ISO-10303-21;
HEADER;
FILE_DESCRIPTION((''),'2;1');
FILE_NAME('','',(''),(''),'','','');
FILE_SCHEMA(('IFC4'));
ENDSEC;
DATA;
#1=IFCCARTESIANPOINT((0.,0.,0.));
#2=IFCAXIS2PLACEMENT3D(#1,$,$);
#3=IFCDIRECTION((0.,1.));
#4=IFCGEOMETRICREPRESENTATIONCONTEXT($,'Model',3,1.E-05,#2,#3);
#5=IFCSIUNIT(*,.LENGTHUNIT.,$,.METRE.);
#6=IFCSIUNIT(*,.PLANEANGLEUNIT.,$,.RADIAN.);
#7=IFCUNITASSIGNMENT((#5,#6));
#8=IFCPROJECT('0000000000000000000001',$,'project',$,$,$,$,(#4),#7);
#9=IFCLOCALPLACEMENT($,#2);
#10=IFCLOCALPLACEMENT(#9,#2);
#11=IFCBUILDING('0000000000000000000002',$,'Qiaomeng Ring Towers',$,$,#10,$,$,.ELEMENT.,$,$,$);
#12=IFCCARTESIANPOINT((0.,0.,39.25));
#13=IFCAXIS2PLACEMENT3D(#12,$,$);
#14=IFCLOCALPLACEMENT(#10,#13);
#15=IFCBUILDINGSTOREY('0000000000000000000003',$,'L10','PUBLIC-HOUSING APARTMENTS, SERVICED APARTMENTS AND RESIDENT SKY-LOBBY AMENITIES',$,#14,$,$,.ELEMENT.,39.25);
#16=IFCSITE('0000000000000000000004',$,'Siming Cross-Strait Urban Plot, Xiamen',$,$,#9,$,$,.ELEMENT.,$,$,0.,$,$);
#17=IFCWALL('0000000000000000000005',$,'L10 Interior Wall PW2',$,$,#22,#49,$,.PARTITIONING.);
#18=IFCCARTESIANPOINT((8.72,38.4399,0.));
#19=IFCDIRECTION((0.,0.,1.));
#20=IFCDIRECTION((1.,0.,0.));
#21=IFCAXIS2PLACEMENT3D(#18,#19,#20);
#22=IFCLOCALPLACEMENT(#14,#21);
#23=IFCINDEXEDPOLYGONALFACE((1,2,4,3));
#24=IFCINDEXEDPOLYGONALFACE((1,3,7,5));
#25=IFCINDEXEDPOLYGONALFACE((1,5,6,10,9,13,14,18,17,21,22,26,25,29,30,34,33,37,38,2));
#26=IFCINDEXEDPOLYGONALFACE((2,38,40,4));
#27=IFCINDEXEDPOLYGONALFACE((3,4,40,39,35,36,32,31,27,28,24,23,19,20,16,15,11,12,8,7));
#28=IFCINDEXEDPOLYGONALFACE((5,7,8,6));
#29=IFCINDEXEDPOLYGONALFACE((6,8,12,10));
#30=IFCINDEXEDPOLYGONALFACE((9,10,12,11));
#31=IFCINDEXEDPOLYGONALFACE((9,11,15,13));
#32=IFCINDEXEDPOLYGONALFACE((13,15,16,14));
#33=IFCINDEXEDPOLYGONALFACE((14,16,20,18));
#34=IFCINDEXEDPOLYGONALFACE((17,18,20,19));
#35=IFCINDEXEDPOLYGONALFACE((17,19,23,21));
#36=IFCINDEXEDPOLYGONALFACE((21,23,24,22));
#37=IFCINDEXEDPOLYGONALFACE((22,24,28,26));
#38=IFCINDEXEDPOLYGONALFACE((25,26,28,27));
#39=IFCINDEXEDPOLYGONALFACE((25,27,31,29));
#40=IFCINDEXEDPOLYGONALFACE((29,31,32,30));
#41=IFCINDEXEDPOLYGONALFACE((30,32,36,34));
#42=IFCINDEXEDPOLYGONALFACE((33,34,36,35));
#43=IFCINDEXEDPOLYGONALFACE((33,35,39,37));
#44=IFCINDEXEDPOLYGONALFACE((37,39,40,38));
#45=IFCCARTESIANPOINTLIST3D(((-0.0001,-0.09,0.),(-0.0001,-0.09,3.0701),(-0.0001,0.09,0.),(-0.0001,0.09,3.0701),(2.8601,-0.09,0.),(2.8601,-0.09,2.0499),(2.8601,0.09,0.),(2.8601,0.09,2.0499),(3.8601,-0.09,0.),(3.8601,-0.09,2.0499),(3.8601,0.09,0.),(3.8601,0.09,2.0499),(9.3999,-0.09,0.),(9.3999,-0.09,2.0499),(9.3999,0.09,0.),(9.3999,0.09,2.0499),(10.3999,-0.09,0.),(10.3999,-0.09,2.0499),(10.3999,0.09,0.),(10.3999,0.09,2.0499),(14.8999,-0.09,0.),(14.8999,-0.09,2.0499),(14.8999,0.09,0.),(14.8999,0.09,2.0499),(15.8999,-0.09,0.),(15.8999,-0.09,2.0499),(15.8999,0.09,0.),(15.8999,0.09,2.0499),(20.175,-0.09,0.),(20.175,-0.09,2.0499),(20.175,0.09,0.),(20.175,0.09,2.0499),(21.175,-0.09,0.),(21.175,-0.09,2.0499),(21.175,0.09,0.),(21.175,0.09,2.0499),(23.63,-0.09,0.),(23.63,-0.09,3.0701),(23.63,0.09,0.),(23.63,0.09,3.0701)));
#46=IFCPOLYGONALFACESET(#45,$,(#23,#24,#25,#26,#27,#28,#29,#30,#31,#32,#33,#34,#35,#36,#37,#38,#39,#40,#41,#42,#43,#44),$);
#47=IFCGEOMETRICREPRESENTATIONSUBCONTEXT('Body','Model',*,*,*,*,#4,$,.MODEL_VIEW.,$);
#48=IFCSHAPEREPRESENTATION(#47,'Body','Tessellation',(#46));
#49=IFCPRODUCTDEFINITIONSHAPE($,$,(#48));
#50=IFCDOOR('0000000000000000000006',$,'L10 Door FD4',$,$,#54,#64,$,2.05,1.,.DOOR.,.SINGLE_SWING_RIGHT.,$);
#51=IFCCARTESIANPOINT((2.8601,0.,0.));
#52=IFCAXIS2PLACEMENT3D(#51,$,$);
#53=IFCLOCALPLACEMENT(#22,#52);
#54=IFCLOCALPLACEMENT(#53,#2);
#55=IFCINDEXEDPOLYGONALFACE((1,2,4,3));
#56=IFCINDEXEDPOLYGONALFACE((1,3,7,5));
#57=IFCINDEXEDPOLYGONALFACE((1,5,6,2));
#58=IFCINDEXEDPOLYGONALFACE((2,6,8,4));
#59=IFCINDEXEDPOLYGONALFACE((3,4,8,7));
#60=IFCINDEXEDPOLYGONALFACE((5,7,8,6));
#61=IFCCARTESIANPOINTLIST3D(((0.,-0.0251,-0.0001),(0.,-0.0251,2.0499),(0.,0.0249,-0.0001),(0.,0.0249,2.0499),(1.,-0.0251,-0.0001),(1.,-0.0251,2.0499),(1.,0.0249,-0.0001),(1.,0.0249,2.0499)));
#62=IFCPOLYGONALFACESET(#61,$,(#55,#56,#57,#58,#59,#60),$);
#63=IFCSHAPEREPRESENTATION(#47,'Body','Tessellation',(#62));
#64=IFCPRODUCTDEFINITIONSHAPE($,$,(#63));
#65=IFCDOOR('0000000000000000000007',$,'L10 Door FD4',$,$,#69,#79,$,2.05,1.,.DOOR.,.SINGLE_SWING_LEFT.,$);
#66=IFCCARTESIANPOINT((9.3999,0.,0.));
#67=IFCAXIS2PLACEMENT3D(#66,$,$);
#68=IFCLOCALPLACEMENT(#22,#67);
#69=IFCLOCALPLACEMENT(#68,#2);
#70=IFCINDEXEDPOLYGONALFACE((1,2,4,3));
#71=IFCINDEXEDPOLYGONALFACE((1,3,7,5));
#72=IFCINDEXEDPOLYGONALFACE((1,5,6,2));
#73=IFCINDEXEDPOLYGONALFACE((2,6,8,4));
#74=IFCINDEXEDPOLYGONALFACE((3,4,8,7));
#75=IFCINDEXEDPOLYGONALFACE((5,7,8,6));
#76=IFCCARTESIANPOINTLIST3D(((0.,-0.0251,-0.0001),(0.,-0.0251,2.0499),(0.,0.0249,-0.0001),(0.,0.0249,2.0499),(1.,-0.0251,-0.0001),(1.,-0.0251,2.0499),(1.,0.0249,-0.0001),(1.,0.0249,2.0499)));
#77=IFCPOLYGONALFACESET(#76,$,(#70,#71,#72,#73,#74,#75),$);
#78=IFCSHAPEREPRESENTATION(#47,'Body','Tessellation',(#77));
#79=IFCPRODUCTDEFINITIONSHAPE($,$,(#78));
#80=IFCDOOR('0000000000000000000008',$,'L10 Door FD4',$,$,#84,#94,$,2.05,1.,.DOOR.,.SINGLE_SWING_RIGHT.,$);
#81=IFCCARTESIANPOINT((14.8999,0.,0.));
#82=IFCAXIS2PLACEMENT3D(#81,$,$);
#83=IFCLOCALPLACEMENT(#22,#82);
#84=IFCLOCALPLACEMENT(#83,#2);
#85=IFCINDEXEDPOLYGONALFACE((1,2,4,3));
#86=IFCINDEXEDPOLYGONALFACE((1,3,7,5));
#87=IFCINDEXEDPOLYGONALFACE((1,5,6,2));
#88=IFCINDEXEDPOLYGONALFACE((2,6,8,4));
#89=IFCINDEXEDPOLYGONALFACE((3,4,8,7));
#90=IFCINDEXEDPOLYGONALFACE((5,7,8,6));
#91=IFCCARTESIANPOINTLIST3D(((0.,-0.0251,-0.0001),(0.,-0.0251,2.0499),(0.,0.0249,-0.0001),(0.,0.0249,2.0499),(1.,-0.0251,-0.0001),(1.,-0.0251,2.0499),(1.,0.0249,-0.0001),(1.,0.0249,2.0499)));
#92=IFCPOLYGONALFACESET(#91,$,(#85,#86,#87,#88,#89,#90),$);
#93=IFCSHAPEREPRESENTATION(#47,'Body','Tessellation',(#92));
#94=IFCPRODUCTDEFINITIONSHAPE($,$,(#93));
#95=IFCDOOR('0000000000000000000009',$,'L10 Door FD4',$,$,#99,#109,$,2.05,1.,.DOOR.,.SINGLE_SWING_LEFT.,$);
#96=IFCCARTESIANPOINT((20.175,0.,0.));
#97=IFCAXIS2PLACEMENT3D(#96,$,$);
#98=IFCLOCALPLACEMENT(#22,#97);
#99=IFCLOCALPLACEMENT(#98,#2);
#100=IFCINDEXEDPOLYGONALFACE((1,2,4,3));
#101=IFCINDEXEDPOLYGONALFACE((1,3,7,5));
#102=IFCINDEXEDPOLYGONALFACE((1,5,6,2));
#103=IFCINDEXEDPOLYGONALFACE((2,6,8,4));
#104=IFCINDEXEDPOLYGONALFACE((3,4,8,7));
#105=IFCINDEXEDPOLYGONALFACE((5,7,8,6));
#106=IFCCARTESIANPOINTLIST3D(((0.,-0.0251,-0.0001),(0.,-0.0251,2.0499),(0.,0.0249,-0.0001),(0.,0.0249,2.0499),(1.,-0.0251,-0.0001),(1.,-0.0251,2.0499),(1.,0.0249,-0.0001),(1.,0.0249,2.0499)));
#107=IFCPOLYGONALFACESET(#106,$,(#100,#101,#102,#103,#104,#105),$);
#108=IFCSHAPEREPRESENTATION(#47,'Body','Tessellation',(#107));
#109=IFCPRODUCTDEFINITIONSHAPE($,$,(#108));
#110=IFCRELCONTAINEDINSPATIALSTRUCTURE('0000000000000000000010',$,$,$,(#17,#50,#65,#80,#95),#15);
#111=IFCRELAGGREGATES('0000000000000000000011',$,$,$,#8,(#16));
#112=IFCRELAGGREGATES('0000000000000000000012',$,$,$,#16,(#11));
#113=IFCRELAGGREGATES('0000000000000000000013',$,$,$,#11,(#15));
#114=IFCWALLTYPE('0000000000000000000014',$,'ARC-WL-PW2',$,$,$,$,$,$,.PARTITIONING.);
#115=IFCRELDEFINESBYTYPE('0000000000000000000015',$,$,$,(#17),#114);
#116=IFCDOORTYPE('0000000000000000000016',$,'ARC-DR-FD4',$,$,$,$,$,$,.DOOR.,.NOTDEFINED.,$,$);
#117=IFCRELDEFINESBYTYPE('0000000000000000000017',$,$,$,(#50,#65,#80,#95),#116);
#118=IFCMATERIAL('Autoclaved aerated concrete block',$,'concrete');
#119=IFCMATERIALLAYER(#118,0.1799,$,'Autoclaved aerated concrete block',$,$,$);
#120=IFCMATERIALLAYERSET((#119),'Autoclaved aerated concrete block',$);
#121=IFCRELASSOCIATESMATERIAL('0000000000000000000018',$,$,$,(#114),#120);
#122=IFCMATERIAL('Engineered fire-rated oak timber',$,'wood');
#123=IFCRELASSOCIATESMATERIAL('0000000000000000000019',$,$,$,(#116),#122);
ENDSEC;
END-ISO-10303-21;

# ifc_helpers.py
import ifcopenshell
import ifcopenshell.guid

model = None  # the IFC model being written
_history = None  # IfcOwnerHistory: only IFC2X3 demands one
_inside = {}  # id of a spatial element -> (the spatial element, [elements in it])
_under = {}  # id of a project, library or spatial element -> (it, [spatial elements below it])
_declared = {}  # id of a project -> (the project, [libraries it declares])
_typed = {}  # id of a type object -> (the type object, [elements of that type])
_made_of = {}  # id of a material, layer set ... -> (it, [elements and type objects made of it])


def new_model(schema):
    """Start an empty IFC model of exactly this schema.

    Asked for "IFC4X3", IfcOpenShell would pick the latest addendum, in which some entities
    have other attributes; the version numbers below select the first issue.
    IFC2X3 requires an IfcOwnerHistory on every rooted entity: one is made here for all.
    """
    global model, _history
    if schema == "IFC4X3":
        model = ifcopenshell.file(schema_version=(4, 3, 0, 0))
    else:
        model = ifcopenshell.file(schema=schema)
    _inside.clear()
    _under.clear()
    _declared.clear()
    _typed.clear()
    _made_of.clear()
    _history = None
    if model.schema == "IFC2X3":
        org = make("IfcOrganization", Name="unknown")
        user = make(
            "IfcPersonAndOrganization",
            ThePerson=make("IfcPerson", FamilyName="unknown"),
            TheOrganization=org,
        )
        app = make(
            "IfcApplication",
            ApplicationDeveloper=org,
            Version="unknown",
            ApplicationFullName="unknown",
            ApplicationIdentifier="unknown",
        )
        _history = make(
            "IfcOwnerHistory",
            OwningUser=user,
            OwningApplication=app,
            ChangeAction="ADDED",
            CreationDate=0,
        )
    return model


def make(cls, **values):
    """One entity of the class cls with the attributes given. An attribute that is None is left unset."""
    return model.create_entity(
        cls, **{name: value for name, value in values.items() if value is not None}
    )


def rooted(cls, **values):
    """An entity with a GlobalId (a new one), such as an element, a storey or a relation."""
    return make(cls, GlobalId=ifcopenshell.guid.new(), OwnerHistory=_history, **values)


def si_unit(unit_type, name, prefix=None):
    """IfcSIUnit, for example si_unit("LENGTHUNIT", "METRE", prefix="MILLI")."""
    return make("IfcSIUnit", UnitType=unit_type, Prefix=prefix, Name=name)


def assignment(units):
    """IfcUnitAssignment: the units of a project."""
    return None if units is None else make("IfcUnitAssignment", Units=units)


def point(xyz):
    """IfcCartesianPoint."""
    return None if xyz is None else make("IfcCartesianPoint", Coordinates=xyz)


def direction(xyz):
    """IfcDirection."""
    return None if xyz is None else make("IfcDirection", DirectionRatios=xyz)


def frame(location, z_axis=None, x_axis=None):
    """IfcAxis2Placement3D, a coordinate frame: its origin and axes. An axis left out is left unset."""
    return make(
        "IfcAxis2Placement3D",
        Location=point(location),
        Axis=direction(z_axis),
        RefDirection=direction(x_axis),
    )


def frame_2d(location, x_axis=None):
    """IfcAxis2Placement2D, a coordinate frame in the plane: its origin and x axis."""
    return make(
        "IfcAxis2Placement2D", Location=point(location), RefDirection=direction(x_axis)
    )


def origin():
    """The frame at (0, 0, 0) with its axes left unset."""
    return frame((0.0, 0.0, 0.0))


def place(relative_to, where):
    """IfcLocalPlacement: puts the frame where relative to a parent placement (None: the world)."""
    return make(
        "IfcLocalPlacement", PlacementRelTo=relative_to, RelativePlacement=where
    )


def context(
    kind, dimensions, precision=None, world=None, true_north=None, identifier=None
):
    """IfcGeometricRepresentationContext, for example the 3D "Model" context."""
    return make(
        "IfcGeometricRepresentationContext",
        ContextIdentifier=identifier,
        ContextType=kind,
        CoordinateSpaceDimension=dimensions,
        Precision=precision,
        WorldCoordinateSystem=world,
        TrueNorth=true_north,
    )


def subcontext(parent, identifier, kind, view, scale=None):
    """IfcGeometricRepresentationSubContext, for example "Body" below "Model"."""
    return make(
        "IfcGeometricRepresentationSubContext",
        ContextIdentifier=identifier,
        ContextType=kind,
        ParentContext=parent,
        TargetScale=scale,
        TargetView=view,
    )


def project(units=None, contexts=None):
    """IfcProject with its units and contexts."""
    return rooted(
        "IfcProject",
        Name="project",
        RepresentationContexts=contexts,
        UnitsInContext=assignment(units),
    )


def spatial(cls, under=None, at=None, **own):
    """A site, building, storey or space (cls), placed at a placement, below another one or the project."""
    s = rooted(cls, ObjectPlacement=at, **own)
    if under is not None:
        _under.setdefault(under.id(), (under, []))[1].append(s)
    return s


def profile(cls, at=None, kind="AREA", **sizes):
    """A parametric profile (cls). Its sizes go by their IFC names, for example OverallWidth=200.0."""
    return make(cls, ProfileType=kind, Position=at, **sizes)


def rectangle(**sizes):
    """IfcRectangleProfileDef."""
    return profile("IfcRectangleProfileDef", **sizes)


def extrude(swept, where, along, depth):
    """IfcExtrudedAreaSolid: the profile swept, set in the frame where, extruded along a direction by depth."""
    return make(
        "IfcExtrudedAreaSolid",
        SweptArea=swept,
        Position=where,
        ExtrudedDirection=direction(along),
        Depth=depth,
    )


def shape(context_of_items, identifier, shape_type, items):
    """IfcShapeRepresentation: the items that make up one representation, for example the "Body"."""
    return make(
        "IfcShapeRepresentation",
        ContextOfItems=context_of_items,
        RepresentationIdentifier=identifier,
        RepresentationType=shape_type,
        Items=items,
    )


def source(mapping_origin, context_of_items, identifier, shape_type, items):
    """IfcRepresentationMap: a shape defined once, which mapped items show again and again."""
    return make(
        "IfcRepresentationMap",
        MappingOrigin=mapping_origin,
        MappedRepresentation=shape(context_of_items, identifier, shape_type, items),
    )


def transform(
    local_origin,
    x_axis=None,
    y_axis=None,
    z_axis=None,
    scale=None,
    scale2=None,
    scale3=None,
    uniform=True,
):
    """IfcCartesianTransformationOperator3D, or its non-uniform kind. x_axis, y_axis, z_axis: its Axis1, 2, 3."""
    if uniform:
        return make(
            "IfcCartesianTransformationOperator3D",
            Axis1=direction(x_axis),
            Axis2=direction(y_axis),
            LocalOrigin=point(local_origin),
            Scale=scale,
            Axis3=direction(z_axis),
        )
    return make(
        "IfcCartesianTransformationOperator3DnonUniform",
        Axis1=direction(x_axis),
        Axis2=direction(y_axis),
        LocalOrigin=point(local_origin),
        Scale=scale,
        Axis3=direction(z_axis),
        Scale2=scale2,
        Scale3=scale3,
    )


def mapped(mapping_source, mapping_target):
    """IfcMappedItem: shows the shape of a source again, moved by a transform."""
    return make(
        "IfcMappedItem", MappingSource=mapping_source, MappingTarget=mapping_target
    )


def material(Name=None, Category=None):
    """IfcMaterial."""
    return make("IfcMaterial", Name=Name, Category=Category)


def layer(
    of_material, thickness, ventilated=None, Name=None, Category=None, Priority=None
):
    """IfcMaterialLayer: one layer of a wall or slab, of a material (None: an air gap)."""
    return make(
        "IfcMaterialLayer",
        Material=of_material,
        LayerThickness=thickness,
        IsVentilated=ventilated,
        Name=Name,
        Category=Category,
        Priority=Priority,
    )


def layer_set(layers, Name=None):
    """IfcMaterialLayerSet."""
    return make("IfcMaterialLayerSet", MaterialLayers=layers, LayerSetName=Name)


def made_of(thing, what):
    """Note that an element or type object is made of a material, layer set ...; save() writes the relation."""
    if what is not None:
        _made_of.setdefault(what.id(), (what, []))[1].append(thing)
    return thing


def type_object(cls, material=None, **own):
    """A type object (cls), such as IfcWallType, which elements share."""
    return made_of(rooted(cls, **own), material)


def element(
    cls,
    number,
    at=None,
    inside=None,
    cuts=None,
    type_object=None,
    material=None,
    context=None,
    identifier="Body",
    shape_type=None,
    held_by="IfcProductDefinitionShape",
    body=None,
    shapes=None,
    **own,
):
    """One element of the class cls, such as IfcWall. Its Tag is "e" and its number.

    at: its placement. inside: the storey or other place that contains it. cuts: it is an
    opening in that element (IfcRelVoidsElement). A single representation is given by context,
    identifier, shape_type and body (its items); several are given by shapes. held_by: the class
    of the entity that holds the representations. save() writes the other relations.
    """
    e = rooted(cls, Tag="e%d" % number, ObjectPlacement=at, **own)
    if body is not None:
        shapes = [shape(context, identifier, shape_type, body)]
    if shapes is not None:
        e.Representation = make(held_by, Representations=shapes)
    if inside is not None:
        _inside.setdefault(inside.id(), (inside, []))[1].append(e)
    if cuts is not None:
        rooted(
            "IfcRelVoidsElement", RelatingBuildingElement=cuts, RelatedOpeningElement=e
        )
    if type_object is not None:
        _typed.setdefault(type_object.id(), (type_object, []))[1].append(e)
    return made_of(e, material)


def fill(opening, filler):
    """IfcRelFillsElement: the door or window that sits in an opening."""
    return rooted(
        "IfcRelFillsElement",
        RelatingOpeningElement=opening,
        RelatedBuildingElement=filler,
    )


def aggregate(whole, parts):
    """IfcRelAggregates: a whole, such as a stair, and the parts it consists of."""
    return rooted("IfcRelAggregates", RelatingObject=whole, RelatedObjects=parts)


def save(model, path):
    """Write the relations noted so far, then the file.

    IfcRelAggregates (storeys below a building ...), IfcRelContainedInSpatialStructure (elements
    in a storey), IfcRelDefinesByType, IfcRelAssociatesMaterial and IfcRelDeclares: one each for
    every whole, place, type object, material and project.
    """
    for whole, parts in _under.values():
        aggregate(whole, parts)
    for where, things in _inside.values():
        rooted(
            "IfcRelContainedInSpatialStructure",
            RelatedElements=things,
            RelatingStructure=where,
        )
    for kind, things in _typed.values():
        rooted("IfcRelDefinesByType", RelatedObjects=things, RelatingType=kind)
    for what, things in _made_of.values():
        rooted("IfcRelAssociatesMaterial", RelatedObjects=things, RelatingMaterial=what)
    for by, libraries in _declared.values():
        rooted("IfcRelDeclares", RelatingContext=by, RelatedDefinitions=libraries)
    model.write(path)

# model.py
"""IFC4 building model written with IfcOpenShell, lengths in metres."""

from ifc_helpers import new_model, si_unit, direction, frame, frame_2d, origin, place, context, subcontext, project, spatial, rectangle, extrude, source, transform, mapped, material, layer, layer_set, type_object, element, fill, save


model = new_model("IFC4")

# Units and contexts
model_context = context("Model", 3, precision=1e-05, world=origin(), true_north=direction((0.0, 1.0)))
body_context = subcontext(model_context, "Body", "Model", "MODEL_VIEW")
ifc_project = project(units=[si_unit("LENGTHUNIT", "METRE"), si_unit("PLANEANGLEUNIT", "RADIAN")], contexts=[model_context])

# Site, building, storey
site_placement = place(None, origin())
site = spatial("IfcSite", under=ifc_project, at=site_placement, Name="Siming Cross-Strait Urban Plot, Xiamen", CompositionType="ELEMENT", RefElevation=0.0)
building_placement = place(site_placement, origin())
building = spatial("IfcBuilding", under=site, at=building_placement, Name="Qiaomeng Ring Towers", CompositionType="ELEMENT")
storey_placement = place(building_placement, frame((0.0, 0.0, 39.25)))
storey = spatial("IfcBuildingStorey", under=building, at=storey_placement, Name="L10", Description="PUBLIC-HOUSING APARTMENTS, SERVICED APARTMENTS AND RESIDENT SKY-LOBBY AMENITIES", CompositionType="ELEMENT", Elevation=39.25)

# Shared definitions
ifc_material_1 = material(Name="Autoclaved aerated concrete block", Category="concrete")

# Wall, openings, doors
ifc_layer_1 = layer(ifc_material_1, 0.1799, Name="Autoclaved aerated concrete block")
ifc_layer_set_1 = layer_set([ifc_layer_1], Name="Autoclaved aerated concrete block")
wall_type_1 = type_object("IfcWallType", Name="ARC-WL-PW2", PredefinedType="PARTITIONING", material=ifc_layer_set_1)
wall_1_placement = place(storey_placement, frame((8.72, 38.4399, 0.0), z_axis=(0.0, 0.0, 1.0), x_axis=(1.0, 0.0, 0.0)))
wall_1 = element("IfcWall", 1, at=wall_1_placement, inside=storey, type_object=wall_type_1, Name="L10 Interior Wall PW2", PredefinedType="PARTITIONING", context=body_context, shape_type="SweptSolid", body=[
    extrude(rectangle(XDim=23.6301, YDim=0.1799, at=frame_2d((11.8149, 0.0))), origin(), (0.0, 0.0, 1.0), 3.0701),
])
opening_1_placement = place(wall_1_placement, frame((2.8601, 0.0, 0.0)))
opening_1 = element("IfcOpeningElement", 2, at=opening_1_placement, cuts=wall_1, PredefinedType="OPENING", context=body_context, shape_type="SweptSolid", body=[
    extrude(rectangle(XDim=1.0, YDim=2.05, at=frame_2d((0.5, 1.0249))), frame((0.0, 0.0999, 0.0), z_axis=(0.0, -1.0, 0.0), x_axis=(1.0, 0.0, 0.0)), (0.0, 0.0, 1.0), 0.2),
])
opening_2_placement = place(wall_1_placement, frame((9.3999, 0.0, 0.0)))
opening_2 = element("IfcOpeningElement", 3, at=opening_2_placement, cuts=wall_1, PredefinedType="OPENING", context=body_context, shape_type="SweptSolid", body=[
    extrude(rectangle(XDim=1.0, YDim=2.05, at=frame_2d((0.5, 1.0249))), frame((0.0, 0.0999, 0.0), z_axis=(0.0, -1.0, 0.0), x_axis=(1.0, 0.0, 0.0)), (0.0, 0.0, 1.0), 0.2),
])
opening_3_placement = place(wall_1_placement, frame((14.8999, 0.0, 0.0)))
opening_3 = element("IfcOpeningElement", 4, at=opening_3_placement, cuts=wall_1, PredefinedType="OPENING", context=body_context, shape_type="SweptSolid", body=[
    extrude(rectangle(XDim=1.0, YDim=2.05, at=frame_2d((0.5, 1.0249))), frame((0.0, 0.0999, 0.0), z_axis=(0.0, -1.0, 0.0), x_axis=(1.0, 0.0, 0.0)), (0.0, 0.0, 1.0), 0.2),
])
opening_4_placement = place(wall_1_placement, frame((20.175, 0.0, 0.0)))
opening_4 = element("IfcOpeningElement", 5, at=opening_4_placement, cuts=wall_1, PredefinedType="OPENING", context=body_context, shape_type="SweptSolid", body=[
    extrude(rectangle(XDim=1.0, YDim=2.05, at=frame_2d((0.5, 1.0249))), frame((0.0, 0.0999, 0.0), z_axis=(0.0, -1.0, 0.0), x_axis=(1.0, 0.0, 0.0)), (0.0, 0.0, 1.0), 0.2),
])
ifc_material_2 = material(Name="Engineered fire-rated oak timber", Category="wood")
door_type_1 = type_object("IfcDoorType", Name="ARC-DR-FD4", OperationType="NOTDEFINED", PredefinedType="DOOR", material=ifc_material_2)
shared_shape_1 = source(origin(), body_context, "Body", "SweptSolid", [
    extrude(rectangle(XDim=1.0, YDim=2.05, at=frame_2d((0.5, 1.0249))), frame((0.0, 0.0249, 0.0), z_axis=(0.0, -1.0, 0.0), x_axis=(1.0, 0.0, 0.0)), (0.0, 0.0, 1.0), 0.05),
])
door_1_placement = place(opening_1_placement, origin())
door_1 = element("IfcDoor", 6, at=door_1_placement, inside=storey, type_object=door_type_1, Name="L10 Door FD4", OperationType="SINGLE_SWING_RIGHT", OverallHeight=2.05, OverallWidth=1.0, PredefinedType="DOOR", context=body_context, shape_type="MappedRepresentation", body=[
    mapped(shared_shape_1, transform((0.0, 0.0, 0.0), x_axis=(1.0, 0.0, 0.0), y_axis=(0.0, 1.0, 0.0), z_axis=(0.0, 0.0, 1.0), scale=1.0)),
])
fill(opening_1, door_1)
door_2_placement = place(opening_2_placement, origin())
door_2 = element("IfcDoor", 7, at=door_2_placement, inside=storey, type_object=door_type_1, Name="L10 Door FD4", OperationType="SINGLE_SWING_LEFT", OverallHeight=2.05, OverallWidth=1.0, PredefinedType="DOOR", context=body_context, shape_type="MappedRepresentation", body=[
    mapped(shared_shape_1, transform((0.0, 0.0, 0.0), x_axis=(1.0, 0.0, 0.0), y_axis=(0.0, 1.0, 0.0), z_axis=(0.0, 0.0, 1.0), scale=1.0)),
])
fill(opening_2, door_2)
door_3_placement = place(opening_3_placement, origin())
door_3 = element("IfcDoor", 8, at=door_3_placement, inside=storey, type_object=door_type_1, Name="L10 Door FD4", OperationType="SINGLE_SWING_RIGHT", OverallHeight=2.05, OverallWidth=1.0, PredefinedType="DOOR", context=body_context, shape_type="MappedRepresentation", body=[
    mapped(shared_shape_1, transform((0.0, 0.0, 0.0), x_axis=(1.0, 0.0, 0.0), y_axis=(0.0, 1.0, 0.0), z_axis=(0.0, 0.0, 1.0), scale=1.0)),
])
fill(opening_3, door_3)
door_4_placement = place(opening_4_placement, origin())
door_4 = element("IfcDoor", 9, at=door_4_placement, inside=storey, type_object=door_type_1, Name="L10 Door FD4", OperationType="SINGLE_SWING_LEFT", OverallHeight=2.05, OverallWidth=1.0, PredefinedType="DOOR", context=body_context, shape_type="MappedRepresentation", body=[
    mapped(shared_shape_1, transform((0.0, 0.0, 0.0), x_axis=(1.0, 0.0, 0.0), y_axis=(0.0, 1.0, 0.0), z_axis=(0.0, 0.0, 1.0), scale=1.0)),
])
fill(opening_4, door_4)

save(model, "model.ifc")
